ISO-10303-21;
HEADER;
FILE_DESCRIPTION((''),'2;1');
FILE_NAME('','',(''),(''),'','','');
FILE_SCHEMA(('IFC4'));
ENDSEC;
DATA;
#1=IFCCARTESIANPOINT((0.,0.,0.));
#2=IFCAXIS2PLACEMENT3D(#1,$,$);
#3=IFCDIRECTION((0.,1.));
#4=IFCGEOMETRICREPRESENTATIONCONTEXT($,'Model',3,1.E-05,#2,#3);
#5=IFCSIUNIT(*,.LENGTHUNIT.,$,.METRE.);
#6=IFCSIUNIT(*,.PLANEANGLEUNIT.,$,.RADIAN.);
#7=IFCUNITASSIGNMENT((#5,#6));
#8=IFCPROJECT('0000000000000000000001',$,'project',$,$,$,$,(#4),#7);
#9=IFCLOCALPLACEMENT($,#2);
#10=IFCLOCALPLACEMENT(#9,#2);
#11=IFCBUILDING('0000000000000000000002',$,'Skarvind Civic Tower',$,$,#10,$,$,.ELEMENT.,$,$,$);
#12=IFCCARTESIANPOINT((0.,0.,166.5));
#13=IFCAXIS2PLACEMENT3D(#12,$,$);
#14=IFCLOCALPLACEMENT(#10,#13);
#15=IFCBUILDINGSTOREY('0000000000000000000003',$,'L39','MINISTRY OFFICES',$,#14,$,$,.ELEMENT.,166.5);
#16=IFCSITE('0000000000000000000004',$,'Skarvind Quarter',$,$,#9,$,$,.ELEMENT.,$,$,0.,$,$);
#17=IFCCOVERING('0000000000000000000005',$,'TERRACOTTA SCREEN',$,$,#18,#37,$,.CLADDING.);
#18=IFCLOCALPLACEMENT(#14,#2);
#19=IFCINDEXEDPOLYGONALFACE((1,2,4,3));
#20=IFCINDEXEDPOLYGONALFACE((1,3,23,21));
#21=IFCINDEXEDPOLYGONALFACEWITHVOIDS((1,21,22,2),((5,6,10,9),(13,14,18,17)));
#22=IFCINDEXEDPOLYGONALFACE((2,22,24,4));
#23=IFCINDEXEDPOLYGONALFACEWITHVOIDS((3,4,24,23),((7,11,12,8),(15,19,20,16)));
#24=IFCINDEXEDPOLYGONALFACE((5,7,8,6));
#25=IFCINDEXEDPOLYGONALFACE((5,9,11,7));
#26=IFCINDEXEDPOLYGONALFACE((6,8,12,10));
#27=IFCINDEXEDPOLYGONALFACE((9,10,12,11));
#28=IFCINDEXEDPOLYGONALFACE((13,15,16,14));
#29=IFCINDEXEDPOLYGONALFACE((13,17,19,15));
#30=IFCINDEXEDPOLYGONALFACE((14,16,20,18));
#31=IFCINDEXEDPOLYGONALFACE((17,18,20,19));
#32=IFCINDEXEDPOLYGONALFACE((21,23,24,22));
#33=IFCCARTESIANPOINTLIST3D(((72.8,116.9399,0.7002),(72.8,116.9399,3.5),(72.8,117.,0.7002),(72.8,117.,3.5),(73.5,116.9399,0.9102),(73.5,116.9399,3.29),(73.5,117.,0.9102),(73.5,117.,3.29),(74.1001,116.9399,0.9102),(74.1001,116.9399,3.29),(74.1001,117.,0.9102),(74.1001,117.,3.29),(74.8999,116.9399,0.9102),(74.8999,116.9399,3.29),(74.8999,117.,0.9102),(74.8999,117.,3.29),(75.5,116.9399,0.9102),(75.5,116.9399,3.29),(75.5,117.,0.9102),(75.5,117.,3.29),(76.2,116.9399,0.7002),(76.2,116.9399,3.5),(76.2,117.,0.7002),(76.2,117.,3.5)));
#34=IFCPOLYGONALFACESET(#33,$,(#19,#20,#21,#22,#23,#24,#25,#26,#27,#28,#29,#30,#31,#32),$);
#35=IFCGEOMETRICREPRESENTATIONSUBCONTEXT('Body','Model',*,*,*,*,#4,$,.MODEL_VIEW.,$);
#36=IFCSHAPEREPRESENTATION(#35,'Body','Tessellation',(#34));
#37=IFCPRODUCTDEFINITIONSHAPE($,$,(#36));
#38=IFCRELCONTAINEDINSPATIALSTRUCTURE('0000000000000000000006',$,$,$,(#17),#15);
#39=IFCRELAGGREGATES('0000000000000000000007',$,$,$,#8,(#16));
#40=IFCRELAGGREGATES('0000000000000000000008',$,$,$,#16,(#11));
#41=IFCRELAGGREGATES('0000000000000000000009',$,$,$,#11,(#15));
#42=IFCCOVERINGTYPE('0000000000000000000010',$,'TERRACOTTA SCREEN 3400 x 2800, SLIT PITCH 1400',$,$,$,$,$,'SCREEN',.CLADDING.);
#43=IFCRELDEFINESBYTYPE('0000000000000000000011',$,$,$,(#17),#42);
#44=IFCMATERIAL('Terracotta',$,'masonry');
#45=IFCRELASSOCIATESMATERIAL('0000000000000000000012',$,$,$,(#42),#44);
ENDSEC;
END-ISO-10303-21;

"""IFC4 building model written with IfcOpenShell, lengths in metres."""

from ifc_helpers import new_model, si_unit, direction, frame, origin, place, context, subcontext, project, spatial, polyline, outline, extrude, material, material_profile, profile_set, type_object, element, save


model = new_model("IFC4")

# Units and contexts
model_context = context("Model", 3, precision=1e-05, world=origin(), true_north=direction((0.0, 1.0)))
body_context = subcontext(model_context, "Body", "Model", "MODEL_VIEW")
ifc_project = project(units=[si_unit("LENGTHUNIT", "METRE"), si_unit("PLANEANGLEUNIT", "RADIAN")], contexts=[model_context])

# Site, building, storey
site_placement = place(None, origin())
site = spatial("IfcSite", under=ifc_project, at=site_placement, Name="Skarvind Quarter", CompositionType="ELEMENT", RefElevation=0.0)
building_placement = place(site_placement, origin())
building = spatial("IfcBuilding", under=site, at=building_placement, Name="Skarvind Civic Tower", CompositionType="ELEMENT")
storey_placement = place(building_placement, frame((0.0, 0.0, 166.5)))
storey = spatial("IfcBuildingStorey", under=building, at=storey_placement, Name="L39", Description="MINISTRY OFFICES", CompositionType="ELEMENT", Elevation=166.5)

# Covering
ifc_material_1 = material(Name="Terracotta", Category="masonry")
ifc_material_profile_1 = material_profile(ifc_material_1, outline(polyline([(-1.7, -1.3999), (1.7, -1.3999), (1.7, 1.3999), (-1.7, 1.3999), (-1.7, -1.3999)]), holes=[polyline([(-1.0, -1.1899), (-0.3999, -1.1899), (-0.3999, 1.1899), (-1.0, 1.1899), (-1.0, -1.1899)]), polyline([(0.3999, -1.1899), (1.0, -1.1899), (1.0, 1.1899), (0.3999, 1.1899), (0.3999, -1.1899)])]), Name="TERRACOTTA SCREEN 3400 x 2800, SLIT PITCH 1400")
ifc_profile_set_1 = profile_set([ifc_material_profile_1], Name="Terracotta")
covering_type = type_object("IfcCoveringType", Name="TERRACOTTA SCREEN 3400 x 2800, SLIT PITCH 1400", ElementType="SCREEN", PredefinedType="CLADDING", material=ifc_profile_set_1)
for number, where, z_axis, x_axis, name in (
    (1, (74.5, 117.0, 2.1001), (0.0, -1.0, 0.0), (1.0, 0.0, 0.0), "TERRACOTTA SCREEN"),
):
    element("IfcCovering", number, at=place(storey_placement, frame(where, z_axis=z_axis, x_axis=x_axis)), inside=storey, type_object=covering_type, Name=name, PredefinedType="CLADDING", context=body_context, shape_type="SweptSolid", body=[
        extrude(outline(polyline([(-1.7, -1.3999), (1.7, -1.3999), (1.7, 1.3999), (-1.7, 1.3999), (-1.7, -1.3999)]), holes=[polyline([(-1.0, -1.1899), (-0.3999, -1.1899), (-0.3999, 1.1899), (-1.0, 1.1899), (-1.0, -1.1899)]), polyline([(0.3999, -1.1899), (1.0, -1.1899), (1.0, 1.1899), (0.3999, 1.1899), (0.3999, -1.1899)])]), origin(), (0.0, 0.0, 1.0), 0.0601),
    ])

save(model, "model.ifc")
